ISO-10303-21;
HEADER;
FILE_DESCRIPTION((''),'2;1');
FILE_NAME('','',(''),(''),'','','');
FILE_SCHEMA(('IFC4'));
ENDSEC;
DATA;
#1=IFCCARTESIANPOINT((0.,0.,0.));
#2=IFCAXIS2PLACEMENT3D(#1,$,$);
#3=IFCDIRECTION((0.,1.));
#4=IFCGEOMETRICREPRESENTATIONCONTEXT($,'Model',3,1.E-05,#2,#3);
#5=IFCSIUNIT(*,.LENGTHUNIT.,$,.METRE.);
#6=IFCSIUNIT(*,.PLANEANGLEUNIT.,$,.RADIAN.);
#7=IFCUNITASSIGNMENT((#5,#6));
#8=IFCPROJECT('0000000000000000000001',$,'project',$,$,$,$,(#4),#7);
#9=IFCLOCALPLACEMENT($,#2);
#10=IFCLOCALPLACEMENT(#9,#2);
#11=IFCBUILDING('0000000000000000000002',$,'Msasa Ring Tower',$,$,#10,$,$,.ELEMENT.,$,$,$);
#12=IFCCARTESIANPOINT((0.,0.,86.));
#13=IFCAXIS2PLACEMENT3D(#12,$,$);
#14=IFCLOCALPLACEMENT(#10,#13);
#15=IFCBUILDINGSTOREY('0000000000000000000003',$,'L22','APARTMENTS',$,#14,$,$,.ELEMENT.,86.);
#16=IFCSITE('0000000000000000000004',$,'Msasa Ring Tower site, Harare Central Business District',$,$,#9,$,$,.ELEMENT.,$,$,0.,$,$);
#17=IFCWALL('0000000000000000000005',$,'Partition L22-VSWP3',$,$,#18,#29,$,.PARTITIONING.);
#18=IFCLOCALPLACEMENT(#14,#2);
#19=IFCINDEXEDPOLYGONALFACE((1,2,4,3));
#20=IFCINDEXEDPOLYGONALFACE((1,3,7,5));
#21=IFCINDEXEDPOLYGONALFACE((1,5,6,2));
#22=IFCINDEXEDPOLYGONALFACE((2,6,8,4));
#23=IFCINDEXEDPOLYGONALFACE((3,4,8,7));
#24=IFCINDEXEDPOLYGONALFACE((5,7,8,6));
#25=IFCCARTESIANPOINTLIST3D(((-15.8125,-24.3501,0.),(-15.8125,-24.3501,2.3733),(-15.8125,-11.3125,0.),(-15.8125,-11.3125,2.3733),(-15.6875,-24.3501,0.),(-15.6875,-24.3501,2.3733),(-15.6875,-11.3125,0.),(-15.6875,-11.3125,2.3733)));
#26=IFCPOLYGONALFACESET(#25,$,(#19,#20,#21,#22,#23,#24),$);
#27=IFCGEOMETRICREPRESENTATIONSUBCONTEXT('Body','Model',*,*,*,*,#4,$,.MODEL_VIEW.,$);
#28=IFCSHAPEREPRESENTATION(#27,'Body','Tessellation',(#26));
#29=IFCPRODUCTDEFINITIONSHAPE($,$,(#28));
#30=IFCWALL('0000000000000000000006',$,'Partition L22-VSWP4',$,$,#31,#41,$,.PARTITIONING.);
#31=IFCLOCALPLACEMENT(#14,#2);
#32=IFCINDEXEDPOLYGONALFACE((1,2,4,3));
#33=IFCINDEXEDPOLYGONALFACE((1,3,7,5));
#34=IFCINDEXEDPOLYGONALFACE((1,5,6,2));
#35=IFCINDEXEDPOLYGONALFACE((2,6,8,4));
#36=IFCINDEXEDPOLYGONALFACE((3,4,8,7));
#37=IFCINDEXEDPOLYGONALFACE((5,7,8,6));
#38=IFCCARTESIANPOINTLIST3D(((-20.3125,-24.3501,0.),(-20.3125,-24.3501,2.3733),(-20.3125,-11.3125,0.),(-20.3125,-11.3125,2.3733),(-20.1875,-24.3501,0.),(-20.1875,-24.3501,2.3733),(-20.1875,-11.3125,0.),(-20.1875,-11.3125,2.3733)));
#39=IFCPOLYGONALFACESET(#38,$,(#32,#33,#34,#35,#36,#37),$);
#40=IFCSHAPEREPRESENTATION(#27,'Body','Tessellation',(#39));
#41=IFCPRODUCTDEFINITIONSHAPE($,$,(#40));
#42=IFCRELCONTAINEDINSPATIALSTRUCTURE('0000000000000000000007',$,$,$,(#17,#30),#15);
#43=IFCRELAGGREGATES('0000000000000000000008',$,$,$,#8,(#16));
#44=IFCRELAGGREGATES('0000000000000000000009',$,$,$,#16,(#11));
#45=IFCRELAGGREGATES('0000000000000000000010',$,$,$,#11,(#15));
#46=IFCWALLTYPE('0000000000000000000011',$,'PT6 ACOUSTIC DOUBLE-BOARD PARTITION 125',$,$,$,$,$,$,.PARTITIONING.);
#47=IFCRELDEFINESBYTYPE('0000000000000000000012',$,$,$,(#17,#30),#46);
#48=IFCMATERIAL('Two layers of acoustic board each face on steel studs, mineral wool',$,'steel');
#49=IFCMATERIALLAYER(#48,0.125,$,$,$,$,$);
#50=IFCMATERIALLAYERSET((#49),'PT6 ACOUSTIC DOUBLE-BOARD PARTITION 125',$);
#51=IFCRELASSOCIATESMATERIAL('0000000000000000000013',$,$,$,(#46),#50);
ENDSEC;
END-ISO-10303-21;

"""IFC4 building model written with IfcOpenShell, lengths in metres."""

from ifc_helpers import new_model, si_unit, direction, frame, frame_2d, origin, place, context, subcontext, project, spatial, rectangle, extrude, material, layer, layer_set, type_object, element, save


model = new_model("IFC4")

# Units and contexts
model_context = context("Model", 3, precision=1e-05, world=origin(), true_north=direction((0.0, 1.0)))
body_context = subcontext(model_context, "Body", "Model", "MODEL_VIEW")
ifc_project = project(units=[si_unit("LENGTHUNIT", "METRE"), si_unit("PLANEANGLEUNIT", "RADIAN")], contexts=[model_context])

# Site, building, storey
site_placement = place(None, origin())
site = spatial("IfcSite", under=ifc_project, at=site_placement, Name="Msasa Ring Tower site, Harare Central Business District", CompositionType="ELEMENT", RefElevation=0.0)
building_placement = place(site_placement, origin())
building = spatial("IfcBuilding", under=site, at=building_placement, Name="Msasa Ring Tower", CompositionType="ELEMENT")
storey_placement = place(building_placement, frame((0.0, 0.0, 86.0)))
storey = spatial("IfcBuildingStorey", under=building, at=storey_placement, Name="L22", Description="APARTMENTS", CompositionType="ELEMENT", Elevation=86.0)

# Walls
ifc_material_1 = material(Name="Two layers of acoustic board each face on steel studs, mineral wool", Category="steel")
ifc_layer_1 = layer(ifc_material_1, 0.125)
ifc_layer_set_1 = layer_set([ifc_layer_1], Name="PT6 ACOUSTIC DOUBLE-BOARD PARTITION 125")
wall_type_1 = type_object("IfcWallType", Name="PT6 ACOUSTIC DOUBLE-BOARD PARTITION 125", PredefinedType="PARTITIONING", material=ifc_layer_set_1)
for number, where, z_axis, x_axis, name in (
    (1, (-15.75, -24.3501, 0.0), (0.0, 0.0, 1.0), (0.0, 1.0, 0.0), "Partition L22-VSWP3"),
    (2, (-20.25, -24.3501, 0.0), (0.0, 0.0, 1.0), (0.0, 1.0, 0.0), "Partition L22-VSWP4"),
):
    element("IfcWall", number, at=place(storey_placement, frame(where, z_axis=z_axis, x_axis=x_axis)), inside=storey, type_object=wall_type_1, Name=name, PredefinedType="PARTITIONING", context=body_context, shape_type="SweptSolid", body=[
        extrude(rectangle(XDim=13.0376, YDim=0.125, at=frame_2d((6.5188, 0.0))), origin(), (0.0, 0.0, 1.0), 2.3733),
    ])

save(model, "model.ifc")
